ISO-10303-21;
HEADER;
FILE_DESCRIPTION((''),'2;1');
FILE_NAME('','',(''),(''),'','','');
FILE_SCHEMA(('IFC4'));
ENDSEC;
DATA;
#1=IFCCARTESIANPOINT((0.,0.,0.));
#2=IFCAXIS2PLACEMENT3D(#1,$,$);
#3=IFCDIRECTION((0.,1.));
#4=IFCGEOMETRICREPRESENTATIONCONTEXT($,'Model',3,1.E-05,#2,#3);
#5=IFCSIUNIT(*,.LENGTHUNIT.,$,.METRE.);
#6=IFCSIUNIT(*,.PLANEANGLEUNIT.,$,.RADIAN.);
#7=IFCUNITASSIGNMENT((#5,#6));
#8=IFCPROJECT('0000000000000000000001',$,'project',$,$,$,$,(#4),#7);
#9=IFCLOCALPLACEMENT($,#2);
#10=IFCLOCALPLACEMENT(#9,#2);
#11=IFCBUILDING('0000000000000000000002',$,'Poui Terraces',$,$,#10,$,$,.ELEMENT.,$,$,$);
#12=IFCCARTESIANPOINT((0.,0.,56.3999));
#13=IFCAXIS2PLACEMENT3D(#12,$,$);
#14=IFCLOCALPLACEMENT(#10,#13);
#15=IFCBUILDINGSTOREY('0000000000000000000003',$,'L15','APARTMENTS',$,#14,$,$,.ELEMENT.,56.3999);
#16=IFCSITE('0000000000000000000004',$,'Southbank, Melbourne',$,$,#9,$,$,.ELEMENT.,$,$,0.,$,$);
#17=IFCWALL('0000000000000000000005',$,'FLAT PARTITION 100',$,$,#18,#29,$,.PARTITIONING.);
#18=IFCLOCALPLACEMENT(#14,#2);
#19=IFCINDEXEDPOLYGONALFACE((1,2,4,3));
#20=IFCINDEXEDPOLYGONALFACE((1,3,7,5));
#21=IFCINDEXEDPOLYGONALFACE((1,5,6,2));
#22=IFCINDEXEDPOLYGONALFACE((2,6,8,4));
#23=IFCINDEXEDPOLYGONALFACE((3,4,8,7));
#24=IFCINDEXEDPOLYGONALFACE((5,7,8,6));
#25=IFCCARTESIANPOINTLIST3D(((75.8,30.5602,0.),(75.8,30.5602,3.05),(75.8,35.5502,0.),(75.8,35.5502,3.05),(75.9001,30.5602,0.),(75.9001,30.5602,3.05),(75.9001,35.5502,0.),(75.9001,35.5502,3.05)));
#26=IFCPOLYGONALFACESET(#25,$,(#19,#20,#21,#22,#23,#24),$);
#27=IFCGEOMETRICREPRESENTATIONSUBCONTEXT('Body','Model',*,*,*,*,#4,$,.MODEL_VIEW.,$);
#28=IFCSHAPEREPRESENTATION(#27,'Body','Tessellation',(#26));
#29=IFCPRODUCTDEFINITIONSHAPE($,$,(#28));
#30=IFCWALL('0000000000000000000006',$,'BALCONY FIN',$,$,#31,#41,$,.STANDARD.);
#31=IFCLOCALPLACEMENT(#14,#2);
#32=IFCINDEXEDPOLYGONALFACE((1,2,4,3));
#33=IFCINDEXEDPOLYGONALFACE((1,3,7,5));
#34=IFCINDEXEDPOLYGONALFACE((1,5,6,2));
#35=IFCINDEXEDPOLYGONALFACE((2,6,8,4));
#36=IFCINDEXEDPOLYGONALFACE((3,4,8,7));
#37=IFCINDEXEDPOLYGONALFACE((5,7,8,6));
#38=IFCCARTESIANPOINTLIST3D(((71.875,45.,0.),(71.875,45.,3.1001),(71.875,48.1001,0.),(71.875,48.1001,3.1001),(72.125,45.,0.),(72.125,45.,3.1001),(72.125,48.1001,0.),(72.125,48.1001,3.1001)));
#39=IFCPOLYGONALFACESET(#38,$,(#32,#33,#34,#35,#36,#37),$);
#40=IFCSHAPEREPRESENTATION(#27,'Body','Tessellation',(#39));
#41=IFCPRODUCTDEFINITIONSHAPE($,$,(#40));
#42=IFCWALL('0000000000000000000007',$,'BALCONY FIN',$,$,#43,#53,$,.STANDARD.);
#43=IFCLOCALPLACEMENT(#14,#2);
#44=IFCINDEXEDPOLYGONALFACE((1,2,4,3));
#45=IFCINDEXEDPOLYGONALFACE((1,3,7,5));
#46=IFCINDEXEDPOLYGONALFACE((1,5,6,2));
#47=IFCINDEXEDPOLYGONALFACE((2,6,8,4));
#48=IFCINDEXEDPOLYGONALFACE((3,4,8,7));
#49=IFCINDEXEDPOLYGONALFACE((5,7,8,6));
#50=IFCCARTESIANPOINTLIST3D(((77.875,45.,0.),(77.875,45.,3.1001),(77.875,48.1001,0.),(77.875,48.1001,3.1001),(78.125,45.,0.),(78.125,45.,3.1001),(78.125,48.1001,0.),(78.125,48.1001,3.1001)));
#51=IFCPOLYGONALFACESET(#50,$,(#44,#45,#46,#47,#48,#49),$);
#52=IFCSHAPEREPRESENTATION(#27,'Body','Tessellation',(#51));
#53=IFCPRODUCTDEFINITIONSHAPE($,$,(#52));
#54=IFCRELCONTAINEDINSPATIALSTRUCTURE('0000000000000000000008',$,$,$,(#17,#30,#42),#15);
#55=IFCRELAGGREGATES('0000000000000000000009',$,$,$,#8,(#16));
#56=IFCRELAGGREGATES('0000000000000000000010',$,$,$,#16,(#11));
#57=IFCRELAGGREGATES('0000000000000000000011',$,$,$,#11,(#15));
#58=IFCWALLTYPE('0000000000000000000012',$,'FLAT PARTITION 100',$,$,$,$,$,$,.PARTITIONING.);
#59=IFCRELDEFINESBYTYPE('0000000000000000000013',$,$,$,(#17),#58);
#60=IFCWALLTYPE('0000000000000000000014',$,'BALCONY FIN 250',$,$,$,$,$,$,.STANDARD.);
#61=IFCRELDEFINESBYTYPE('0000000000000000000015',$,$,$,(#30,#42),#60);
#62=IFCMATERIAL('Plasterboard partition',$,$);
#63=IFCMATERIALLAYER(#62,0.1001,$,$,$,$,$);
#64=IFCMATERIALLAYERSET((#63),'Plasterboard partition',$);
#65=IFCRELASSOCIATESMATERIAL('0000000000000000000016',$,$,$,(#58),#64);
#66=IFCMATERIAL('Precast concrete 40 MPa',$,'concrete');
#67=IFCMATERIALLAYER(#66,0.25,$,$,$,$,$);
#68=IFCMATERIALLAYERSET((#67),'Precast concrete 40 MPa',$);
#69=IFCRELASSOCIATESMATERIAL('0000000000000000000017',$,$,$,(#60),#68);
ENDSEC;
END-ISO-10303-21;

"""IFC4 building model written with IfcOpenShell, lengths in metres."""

from ifc_helpers import new_model, si_unit, direction, frame, frame_2d, origin, place, context, subcontext, project, spatial, polyline, rectangle, outline, extrude, source, transform, mapped, material, layer, layer_set, type_object, element, save


model = new_model("IFC4")

# Units and contexts
model_context = context("Model", 3, precision=1e-05, world=origin(), true_north=direction((0.0, 1.0)))
body_context = subcontext(model_context, "Body", "Model", "MODEL_VIEW")
ifc_project = project(units=[si_unit("LENGTHUNIT", "METRE"), si_unit("PLANEANGLEUNIT", "RADIAN")], contexts=[model_context])

# Site, building, storey
site_placement = place(None, origin())
site = spatial("IfcSite", under=ifc_project, at=site_placement, Name="Southbank, Melbourne", CompositionType="ELEMENT", RefElevation=0.0)
building_placement = place(site_placement, origin())
building = spatial("IfcBuilding", under=site, at=building_placement, Name="Poui Terraces", CompositionType="ELEMENT")
storey_placement = place(building_placement, frame((0.0, 0.0, 56.3999)))
storey = spatial("IfcBuildingStorey", under=building, at=storey_placement, Name="L15", Description="APARTMENTS", CompositionType="ELEMENT", Elevation=56.3999)

# Shared definitions
ifc_material_1 = material(Name="Plasterboard partition")
ifc_layer_1 = layer(ifc_material_1, 0.1001)
ifc_layer_set_1 = layer_set([ifc_layer_1], Name="Plasterboard partition")
wall_type_1 = type_object("IfcWallType", Name="FLAT PARTITION 100", PredefinedType="PARTITIONING", material=ifc_layer_set_1)

# Walls
wall_1_placement = place(storey_placement, frame((75.8501, 30.5601, 0.0), z_axis=(0.0, 0.0, 1.0), x_axis=(0.0, 1.0, 0.0)))
element("IfcWall", 1, at=wall_1_placement, inside=storey, type_object=wall_type_1, Name="FLAT PARTITION 100", PredefinedType="PARTITIONING", context=body_context, shape_type="SweptSolid", body=[
    extrude(rectangle(XDim=4.99, YDim=0.1001, at=frame_2d((2.4951, 0.0))), origin(), (0.0, 0.0, 1.0), 3.05),
])
ifc_material_2 = material(Name="Precast concrete 40 MPa", Category="concrete")
ifc_layer_2 = layer(ifc_material_2, 0.25)
ifc_layer_set_2 = layer_set([ifc_layer_2], Name="Precast concrete 40 MPa")
wall_type_2 = type_object("IfcWallType", Name="BALCONY FIN 250", PredefinedType="STANDARD", material=ifc_layer_set_2)
shared_shape_1 = source(origin(), body_context, "Body", "SweptSolid", [
    extrude(outline(polyline([(0.0, 0.0), (0.25, 0.0), (0.25, 3.1001), (0.0, 3.1001), (0.0, 0.0)])), origin(), (0.0, 0.0, 1.0), 3.1001),
])
for number, where, name in (
    (2, (71.875, 45.0, 0.0), "BALCONY FIN"),
    (3, (77.875, 45.0, 0.0), "BALCONY FIN"),
):
    element("IfcWall", number, at=place(storey_placement, frame(where)), inside=storey, type_object=wall_type_2, Name=name, PredefinedType="STANDARD", context=body_context, shape_type="MappedRepresentation", body=[
        mapped(shared_shape_1, transform((0.0, 0.0, 0.0))),
    ])

save(model, "model.ifc")
